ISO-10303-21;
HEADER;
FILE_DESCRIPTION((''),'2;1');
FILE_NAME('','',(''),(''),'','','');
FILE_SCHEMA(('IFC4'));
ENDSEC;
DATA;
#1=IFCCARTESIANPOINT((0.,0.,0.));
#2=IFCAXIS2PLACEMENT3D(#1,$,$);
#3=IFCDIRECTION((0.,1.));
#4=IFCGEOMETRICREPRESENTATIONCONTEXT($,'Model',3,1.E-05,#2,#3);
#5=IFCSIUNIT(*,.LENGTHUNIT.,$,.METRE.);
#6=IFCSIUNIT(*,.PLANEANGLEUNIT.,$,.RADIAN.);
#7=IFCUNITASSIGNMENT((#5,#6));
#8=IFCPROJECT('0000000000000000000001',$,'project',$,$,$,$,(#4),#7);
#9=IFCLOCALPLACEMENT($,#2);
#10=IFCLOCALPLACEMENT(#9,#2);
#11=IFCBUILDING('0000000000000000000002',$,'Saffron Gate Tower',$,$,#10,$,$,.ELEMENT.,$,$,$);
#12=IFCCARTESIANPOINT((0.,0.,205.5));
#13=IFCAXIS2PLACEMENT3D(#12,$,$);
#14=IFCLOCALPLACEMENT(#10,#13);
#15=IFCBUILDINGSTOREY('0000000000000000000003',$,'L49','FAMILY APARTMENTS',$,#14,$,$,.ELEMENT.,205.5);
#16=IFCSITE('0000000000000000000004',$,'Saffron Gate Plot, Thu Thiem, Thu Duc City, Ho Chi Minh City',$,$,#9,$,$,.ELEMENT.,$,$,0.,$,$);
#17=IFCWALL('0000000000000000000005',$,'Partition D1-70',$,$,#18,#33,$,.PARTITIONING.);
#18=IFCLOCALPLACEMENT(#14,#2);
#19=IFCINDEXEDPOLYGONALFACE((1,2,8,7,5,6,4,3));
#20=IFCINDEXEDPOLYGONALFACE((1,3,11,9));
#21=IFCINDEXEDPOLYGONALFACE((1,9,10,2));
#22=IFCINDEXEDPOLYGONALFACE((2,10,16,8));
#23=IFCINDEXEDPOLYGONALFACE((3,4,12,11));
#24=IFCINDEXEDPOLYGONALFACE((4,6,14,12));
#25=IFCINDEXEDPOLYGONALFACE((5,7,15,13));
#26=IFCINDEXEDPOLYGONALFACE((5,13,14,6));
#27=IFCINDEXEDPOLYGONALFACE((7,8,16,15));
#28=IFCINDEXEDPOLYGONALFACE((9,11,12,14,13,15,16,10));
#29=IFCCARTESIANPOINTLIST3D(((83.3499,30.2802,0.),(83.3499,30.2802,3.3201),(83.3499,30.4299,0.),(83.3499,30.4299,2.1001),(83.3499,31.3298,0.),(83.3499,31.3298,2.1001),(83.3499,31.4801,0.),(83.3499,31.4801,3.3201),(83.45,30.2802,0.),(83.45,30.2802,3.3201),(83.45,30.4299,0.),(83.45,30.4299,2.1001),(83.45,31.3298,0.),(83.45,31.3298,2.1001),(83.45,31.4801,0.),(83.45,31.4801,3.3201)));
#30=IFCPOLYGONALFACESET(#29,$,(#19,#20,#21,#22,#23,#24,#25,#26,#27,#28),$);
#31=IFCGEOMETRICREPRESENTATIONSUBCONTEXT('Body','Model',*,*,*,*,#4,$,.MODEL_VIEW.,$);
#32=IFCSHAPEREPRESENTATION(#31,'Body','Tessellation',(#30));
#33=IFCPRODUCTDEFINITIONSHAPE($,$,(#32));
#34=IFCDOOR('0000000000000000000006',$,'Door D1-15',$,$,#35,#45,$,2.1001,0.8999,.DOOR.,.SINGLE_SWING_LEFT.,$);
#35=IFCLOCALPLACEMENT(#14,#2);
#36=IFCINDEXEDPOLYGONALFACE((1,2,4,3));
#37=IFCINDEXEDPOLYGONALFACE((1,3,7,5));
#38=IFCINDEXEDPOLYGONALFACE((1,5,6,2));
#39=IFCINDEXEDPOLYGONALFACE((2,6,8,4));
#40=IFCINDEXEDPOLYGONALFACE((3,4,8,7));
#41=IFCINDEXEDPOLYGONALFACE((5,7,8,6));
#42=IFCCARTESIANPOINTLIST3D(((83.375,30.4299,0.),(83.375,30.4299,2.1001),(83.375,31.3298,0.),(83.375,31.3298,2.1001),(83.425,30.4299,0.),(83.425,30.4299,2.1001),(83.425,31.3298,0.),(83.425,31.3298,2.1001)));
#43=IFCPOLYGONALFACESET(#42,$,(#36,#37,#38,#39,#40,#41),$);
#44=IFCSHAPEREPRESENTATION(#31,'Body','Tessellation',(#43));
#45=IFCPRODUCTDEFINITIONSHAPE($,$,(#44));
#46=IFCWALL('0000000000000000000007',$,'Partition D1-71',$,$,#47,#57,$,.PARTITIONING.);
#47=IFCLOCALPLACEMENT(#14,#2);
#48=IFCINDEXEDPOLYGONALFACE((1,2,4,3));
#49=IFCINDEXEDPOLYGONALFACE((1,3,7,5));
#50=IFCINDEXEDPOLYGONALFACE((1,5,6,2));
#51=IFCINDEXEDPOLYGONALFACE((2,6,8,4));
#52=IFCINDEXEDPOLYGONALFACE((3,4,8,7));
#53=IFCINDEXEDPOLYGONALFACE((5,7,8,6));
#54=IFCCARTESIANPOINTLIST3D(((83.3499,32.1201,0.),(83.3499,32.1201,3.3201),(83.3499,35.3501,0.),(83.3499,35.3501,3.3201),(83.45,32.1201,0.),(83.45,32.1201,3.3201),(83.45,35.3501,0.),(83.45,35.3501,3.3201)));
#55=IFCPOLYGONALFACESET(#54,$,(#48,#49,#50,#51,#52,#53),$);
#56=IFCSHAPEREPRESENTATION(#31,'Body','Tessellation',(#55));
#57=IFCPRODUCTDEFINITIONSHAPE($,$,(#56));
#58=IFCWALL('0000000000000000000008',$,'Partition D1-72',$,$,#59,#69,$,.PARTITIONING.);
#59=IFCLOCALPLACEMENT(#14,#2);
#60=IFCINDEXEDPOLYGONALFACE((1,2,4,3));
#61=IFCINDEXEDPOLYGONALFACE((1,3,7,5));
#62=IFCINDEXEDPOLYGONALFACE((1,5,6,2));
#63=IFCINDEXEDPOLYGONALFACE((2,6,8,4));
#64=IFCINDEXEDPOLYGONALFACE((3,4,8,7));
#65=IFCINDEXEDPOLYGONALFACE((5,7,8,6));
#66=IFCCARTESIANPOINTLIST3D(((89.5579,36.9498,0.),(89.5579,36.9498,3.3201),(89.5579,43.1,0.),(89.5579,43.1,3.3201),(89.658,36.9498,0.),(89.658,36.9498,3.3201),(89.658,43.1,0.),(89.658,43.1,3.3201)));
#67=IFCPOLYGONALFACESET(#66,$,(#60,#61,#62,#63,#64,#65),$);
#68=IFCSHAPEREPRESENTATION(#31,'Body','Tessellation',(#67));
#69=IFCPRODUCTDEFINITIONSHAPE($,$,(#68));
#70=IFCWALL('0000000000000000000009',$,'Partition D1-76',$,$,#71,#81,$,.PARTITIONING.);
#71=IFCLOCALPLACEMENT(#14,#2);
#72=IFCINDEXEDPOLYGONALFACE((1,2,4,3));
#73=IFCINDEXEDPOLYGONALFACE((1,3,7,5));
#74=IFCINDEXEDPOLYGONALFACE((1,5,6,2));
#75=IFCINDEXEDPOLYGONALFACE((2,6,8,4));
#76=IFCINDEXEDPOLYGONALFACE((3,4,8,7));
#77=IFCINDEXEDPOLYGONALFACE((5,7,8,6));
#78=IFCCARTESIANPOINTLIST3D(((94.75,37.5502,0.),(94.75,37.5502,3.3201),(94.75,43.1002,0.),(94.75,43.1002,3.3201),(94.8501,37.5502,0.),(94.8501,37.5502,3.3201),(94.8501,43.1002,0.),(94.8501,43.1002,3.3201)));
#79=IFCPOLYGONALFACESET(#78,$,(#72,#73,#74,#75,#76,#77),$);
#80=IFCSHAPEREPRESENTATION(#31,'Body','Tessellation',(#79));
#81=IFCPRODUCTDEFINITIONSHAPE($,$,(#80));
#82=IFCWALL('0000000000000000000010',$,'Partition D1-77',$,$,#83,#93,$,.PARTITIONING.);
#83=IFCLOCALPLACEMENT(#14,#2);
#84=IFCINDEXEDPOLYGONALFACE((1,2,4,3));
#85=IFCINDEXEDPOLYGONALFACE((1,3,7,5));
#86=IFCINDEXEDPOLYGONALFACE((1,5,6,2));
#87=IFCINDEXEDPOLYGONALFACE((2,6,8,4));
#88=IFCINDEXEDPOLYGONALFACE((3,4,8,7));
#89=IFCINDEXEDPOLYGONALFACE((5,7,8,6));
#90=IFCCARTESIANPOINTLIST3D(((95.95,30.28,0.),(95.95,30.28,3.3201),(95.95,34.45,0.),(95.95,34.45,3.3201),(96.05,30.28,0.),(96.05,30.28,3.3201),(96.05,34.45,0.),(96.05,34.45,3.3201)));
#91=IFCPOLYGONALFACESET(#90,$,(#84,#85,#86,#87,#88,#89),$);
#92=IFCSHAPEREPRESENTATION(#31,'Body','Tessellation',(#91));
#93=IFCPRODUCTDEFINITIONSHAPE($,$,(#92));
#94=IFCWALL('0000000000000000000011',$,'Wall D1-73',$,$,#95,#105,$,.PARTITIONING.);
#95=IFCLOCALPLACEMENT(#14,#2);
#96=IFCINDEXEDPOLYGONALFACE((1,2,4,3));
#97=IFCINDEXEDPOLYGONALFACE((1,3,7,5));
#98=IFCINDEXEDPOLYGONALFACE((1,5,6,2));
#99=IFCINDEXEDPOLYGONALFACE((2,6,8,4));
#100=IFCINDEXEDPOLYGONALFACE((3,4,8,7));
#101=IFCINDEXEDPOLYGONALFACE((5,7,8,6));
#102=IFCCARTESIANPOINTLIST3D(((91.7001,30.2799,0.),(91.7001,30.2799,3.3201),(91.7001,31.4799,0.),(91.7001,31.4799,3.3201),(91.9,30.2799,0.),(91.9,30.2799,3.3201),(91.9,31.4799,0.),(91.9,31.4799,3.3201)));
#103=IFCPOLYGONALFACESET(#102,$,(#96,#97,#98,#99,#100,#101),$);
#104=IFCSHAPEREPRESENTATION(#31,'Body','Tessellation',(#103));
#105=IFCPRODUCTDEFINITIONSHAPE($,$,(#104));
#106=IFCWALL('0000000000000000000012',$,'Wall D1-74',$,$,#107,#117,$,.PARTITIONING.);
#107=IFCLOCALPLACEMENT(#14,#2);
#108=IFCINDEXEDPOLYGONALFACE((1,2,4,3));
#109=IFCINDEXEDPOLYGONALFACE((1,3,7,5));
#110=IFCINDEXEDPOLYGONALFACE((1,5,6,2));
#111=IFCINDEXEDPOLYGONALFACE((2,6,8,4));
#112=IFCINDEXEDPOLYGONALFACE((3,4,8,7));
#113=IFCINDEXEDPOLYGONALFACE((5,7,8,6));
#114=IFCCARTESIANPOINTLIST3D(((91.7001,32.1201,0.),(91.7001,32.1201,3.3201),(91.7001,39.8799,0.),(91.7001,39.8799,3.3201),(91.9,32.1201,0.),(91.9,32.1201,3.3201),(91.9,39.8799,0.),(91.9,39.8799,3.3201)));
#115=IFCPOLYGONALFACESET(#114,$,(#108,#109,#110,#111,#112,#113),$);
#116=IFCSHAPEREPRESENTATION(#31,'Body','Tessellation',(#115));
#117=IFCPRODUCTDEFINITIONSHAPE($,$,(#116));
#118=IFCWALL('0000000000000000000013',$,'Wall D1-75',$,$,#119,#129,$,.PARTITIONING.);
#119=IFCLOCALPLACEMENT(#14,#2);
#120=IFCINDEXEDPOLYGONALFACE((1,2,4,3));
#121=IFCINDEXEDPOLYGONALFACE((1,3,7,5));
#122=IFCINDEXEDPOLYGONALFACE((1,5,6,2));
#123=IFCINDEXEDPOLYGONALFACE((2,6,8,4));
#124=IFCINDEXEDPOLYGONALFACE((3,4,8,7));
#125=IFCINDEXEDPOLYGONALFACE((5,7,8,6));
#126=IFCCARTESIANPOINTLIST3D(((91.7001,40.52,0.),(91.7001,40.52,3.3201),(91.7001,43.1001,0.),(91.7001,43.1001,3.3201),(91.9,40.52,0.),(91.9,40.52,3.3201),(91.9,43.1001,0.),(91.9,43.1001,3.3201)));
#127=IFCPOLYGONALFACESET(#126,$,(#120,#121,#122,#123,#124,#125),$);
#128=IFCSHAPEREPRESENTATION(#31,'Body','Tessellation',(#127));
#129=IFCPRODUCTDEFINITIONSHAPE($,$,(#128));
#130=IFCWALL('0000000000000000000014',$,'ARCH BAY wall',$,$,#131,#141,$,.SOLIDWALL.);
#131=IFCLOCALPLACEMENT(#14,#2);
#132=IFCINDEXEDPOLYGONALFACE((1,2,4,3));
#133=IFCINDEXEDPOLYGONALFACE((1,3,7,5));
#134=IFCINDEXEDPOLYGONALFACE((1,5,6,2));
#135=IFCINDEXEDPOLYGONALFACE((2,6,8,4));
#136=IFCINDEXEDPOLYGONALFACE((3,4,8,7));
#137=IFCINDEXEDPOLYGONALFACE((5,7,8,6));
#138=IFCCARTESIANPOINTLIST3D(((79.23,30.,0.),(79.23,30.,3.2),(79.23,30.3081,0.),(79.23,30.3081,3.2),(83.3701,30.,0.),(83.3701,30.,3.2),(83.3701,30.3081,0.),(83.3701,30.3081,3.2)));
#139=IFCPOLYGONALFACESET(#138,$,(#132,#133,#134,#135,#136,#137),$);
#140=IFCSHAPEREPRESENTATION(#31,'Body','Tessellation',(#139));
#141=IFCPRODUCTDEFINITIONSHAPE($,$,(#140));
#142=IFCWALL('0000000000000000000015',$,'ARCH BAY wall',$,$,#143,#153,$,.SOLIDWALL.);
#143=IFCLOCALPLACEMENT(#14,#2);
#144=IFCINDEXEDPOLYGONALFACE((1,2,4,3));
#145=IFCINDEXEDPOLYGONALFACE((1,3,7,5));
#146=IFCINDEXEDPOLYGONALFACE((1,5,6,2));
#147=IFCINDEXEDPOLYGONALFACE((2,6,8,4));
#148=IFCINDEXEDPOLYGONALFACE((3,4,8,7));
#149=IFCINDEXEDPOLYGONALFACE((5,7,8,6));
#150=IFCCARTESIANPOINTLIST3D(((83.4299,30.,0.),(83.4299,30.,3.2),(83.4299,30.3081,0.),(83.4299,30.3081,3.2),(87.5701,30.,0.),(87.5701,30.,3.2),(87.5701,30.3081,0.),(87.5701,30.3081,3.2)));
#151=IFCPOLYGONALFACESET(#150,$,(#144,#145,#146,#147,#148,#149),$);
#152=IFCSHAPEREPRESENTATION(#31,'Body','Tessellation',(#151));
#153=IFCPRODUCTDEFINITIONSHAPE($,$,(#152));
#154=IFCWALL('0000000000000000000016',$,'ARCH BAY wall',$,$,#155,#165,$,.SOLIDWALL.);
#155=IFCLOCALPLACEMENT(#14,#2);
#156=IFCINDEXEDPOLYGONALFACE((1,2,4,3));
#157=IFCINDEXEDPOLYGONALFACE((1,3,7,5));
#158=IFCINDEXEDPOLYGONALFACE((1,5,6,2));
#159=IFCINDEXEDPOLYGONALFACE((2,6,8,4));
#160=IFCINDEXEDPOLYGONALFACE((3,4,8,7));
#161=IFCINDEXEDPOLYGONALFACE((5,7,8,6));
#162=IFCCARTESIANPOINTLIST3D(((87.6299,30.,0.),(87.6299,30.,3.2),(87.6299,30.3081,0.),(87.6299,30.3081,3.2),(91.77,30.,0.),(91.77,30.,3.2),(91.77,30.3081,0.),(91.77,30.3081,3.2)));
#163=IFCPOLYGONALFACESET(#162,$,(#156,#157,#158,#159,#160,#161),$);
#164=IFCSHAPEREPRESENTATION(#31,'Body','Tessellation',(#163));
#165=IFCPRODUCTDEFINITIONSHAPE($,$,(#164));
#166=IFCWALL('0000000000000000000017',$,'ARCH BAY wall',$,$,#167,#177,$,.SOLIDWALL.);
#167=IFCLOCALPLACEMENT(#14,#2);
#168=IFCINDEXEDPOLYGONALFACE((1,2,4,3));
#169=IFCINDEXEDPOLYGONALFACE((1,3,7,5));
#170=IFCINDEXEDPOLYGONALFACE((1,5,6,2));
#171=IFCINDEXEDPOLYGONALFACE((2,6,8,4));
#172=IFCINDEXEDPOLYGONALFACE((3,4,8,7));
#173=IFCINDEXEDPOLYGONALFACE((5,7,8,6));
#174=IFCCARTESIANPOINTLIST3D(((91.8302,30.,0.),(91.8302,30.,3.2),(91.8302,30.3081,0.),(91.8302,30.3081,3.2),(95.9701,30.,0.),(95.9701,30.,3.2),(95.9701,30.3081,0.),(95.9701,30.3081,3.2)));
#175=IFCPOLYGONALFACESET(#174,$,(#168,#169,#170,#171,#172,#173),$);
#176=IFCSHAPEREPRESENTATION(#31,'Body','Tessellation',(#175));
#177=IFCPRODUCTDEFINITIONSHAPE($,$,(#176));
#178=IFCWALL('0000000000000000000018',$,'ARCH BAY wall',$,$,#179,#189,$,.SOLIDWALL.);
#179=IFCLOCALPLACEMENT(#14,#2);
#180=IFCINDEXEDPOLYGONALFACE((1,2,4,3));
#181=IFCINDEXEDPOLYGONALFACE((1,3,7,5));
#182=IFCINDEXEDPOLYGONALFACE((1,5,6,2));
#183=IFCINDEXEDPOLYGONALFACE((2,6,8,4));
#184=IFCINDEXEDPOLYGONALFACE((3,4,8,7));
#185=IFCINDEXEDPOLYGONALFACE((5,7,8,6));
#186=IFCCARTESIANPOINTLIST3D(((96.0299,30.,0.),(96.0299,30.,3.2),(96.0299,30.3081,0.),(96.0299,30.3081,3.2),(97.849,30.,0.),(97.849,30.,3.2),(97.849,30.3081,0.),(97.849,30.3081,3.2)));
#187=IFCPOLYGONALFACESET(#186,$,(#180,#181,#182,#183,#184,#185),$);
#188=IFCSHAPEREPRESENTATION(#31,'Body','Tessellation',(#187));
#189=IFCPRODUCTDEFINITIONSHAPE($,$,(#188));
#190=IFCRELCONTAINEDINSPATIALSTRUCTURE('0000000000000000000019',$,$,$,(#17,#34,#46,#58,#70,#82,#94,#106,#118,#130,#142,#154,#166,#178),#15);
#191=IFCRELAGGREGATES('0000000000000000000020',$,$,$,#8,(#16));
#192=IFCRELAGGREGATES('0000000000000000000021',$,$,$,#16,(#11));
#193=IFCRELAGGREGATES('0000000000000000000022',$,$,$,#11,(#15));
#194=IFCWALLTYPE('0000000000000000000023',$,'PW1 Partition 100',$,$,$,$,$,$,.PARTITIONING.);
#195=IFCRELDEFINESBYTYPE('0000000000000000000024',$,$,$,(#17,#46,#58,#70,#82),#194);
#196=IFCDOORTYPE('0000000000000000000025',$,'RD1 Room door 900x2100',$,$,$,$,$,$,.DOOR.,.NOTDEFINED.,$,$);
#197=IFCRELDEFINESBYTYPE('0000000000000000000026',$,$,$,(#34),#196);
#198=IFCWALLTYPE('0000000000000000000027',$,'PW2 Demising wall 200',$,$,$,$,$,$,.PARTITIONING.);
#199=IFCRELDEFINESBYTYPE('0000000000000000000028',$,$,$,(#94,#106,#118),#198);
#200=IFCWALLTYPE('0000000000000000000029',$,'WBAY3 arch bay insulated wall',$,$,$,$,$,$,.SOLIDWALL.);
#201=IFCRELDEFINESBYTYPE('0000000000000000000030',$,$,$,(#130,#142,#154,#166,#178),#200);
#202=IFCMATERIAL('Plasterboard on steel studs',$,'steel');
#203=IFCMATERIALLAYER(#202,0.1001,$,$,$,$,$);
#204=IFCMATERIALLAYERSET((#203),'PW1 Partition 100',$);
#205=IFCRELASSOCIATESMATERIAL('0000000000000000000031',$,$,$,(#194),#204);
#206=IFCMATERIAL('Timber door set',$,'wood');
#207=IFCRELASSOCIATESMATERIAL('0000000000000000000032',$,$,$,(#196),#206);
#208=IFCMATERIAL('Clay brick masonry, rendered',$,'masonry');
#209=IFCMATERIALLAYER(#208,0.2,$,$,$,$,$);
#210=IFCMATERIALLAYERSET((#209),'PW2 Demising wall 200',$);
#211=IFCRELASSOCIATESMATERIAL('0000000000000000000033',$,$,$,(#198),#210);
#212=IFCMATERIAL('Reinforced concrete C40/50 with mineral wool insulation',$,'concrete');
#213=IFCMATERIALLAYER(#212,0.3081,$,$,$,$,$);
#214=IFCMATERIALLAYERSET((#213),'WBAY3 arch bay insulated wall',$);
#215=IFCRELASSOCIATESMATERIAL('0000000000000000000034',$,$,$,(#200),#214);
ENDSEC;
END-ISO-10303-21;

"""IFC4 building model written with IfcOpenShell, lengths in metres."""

from ifc_helpers import new_model, si_unit, direction, frame, frame_2d, origin, place, context, subcontext, project, spatial, rectangle, extrude, material, layer, layer_set, type_object, element, fill, save


model = new_model("IFC4")

# Units and contexts
model_context = context("Model", 3, precision=1e-05, world=origin(), true_north=direction((0.0, 1.0)))
body_context = subcontext(model_context, "Body", "Model", "MODEL_VIEW")
ifc_project = project(units=[si_unit("LENGTHUNIT", "METRE"), si_unit("PLANEANGLEUNIT", "RADIAN")], contexts=[model_context])

# Site, building, storey
site_placement = place(None, origin())
site = spatial("IfcSite", under=ifc_project, at=site_placement, Name="Saffron Gate Plot, Thu Thiem, Thu Duc City, Ho Chi Minh City", CompositionType="ELEMENT", RefElevation=0.0)
building_placement = place(site_placement, origin())
building = spatial("IfcBuilding", under=site, at=building_placement, Name="Saffron Gate Tower", CompositionType="ELEMENT")
storey_placement = place(building_placement, frame((0.0, 0.0, 205.5)))
storey = spatial("IfcBuildingStorey", under=building, at=storey_placement, Name="L49", Description="FAMILY APARTMENTS", CompositionType="ELEMENT", Elevation=205.5)

# Wall, opening, door
ifc_material_1 = material(Name="Plasterboard on steel studs", Category="steel")
ifc_layer_1 = layer(ifc_material_1, 0.1001)
ifc_layer_set_1 = layer_set([ifc_layer_1], Name="PW1 Partition 100")
wall_type_1 = type_object("IfcWallType", Name="PW1 Partition 100", PredefinedType="PARTITIONING", material=ifc_layer_set_1)
ifc_material_2 = material(Name="Timber door set", Category="wood")
door_type_1 = type_object("IfcDoorType", Name="RD1 Room door 900x2100", OperationType="NOTDEFINED", PredefinedType="DOOR", material=ifc_material_2)
wall_1_placement = place(storey_placement, frame((83.3999, 30.28, 0.0), z_axis=(0.0, 0.0, 1.0), x_axis=(0.0, 1.0, 0.0)))
wall_1 = element("IfcWall", 1, at=wall_1_placement, inside=storey, type_object=wall_type_1, Name="Partition D1-70", PredefinedType="PARTITIONING", context=body_context, shape_type="SweptSolid", body=[
    extrude(rectangle(XDim=1.2, YDim=0.1001, at=frame_2d((0.6001, 0.0))), origin(), (0.0, 0.0, 1.0), 3.3201),
])
opening_1_placement = place(wall_1_placement, frame((0.1499, 0.0, 0.0)))
opening_1 = element("IfcOpeningElement", 2, at=opening_1_placement, cuts=wall_1, PredefinedType="OPENING", context=body_context, shape_type="SweptSolid", body=[
    extrude(rectangle(XDim=0.8999, YDim=2.1001, at=frame_2d((0.45, 1.05))), frame((0.0, 0.0601, 0.0), z_axis=(0.0, -1.0, 0.0), x_axis=(1.0, 0.0, 0.0)), (0.0, 0.0, 1.0), 0.1201),
])
door_1_placement = place(opening_1_placement, origin())
door_1 = element("IfcDoor", 3, at=door_1_placement, inside=storey, type_object=door_type_1, Name="Door D1-15", OperationType="SINGLE_SWING_LEFT", OverallHeight=2.1001, OverallWidth=0.8999, PredefinedType="DOOR", context=body_context, shape_type="SweptSolid", body=[
    extrude(rectangle(XDim=0.8999, YDim=2.1001, at=frame_2d((0.45, 1.05))), frame((0.0, 0.0249, 0.0), z_axis=(0.0, -1.0, 0.0), x_axis=(1.0, 0.0, 0.0)), (0.0, 0.0, 1.0), 0.05),
])
fill(opening_1, door_1)

# Walls
wall_2_placement = place(storey_placement, frame((83.3999, 35.3501, 0.0), z_axis=(0.0, 0.0, 1.0), x_axis=(0.0, -1.0, 0.0)))
element("IfcWall", 4, at=wall_2_placement, inside=storey, type_object=wall_type_1, Name="Partition D1-71", PredefinedType="PARTITIONING", context=body_context, shape_type="SweptSolid", body=[
    extrude(rectangle(XDim=3.23, YDim=0.1001, at=frame_2d((1.615, 0.0))), origin(), (0.0, 0.0, 1.0), 3.3201),
])
wall_3_placement = place(storey_placement, frame((89.6079, 43.1001, 0.0), z_axis=(0.0, 0.0, 1.0), x_axis=(0.0, -1.0, 0.0)))
element("IfcWall", 5, at=wall_3_placement, inside=storey, type_object=wall_type_1, Name="Partition D1-72", PredefinedType="PARTITIONING", context=body_context, shape_type="SweptSolid", body=[
    extrude(rectangle(XDim=6.1501, YDim=0.1001, at=frame_2d((3.0752, 0.0))), origin(), (0.0, 0.0, 1.0), 3.3201),
])
wall_4_placement = place(storey_placement, frame((94.8, 43.1001, 0.0), z_axis=(0.0, 0.0, 1.0), x_axis=(0.0, -1.0, 0.0)))
element("IfcWall", 6, at=wall_4_placement, inside=storey, type_object=wall_type_1, Name="Partition D1-76", PredefinedType="PARTITIONING", context=body_context, shape_type="SweptSolid", body=[
    extrude(rectangle(XDim=5.55, YDim=0.1001, at=frame_2d((2.7749, 0.0))), origin(), (0.0, 0.0, 1.0), 3.3201),
])
wall_5_placement = place(storey_placement, frame((96.0, 34.45, 0.0), z_axis=(0.0, 0.0, 1.0), x_axis=(0.0, -1.0, 0.0)))
element("IfcWall", 7, at=wall_5_placement, inside=storey, type_object=wall_type_1, Name="Partition D1-77", PredefinedType="PARTITIONING", context=body_context, shape_type="SweptSolid", body=[
    extrude(rectangle(XDim=4.1699, YDim=0.1001, at=frame_2d((2.085, 0.0))), origin(), (0.0, 0.0, 1.0), 3.3201),
])
ifc_material_3 = material(Name="Clay brick masonry, rendered", Category="masonry")
ifc_layer_2 = layer(ifc_material_3, 0.2)
ifc_layer_set_2 = layer_set([ifc_layer_2], Name="PW2 Demising wall 200")
wall_type_2 = type_object("IfcWallType", Name="PW2 Demising wall 200", PredefinedType="PARTITIONING", material=ifc_layer_set_2)
wall_6_placement = place(storey_placement, frame((91.8, 31.48, 0.0), z_axis=(0.0, 0.0, 1.0), x_axis=(0.0, -1.0, 0.0)))
element("IfcWall", 8, at=wall_6_placement, inside=storey, type_object=wall_type_2, Name="Wall D1-73", PredefinedType="PARTITIONING", context=body_context, shape_type="SweptSolid", body=[
    extrude(rectangle(XDim=1.2, YDim=0.2, at=frame_2d((0.6001, 0.0))), origin(), (0.0, 0.0, 1.0), 3.3201),
])
wall_7_placement = place(storey_placement, frame((91.8, 39.8799, 0.0), z_axis=(0.0, 0.0, 1.0), x_axis=(0.0, -1.0, 0.0)))
element("IfcWall", 9, at=wall_7_placement, inside=storey, type_object=wall_type_2, Name="Wall D1-74", PredefinedType="PARTITIONING", context=body_context, shape_type="SweptSolid", body=[
    extrude(rectangle(XDim=7.7598, YDim=0.2, at=frame_2d((3.8799, 0.0))), origin(), (0.0, 0.0, 1.0), 3.3201),
])
wall_8_placement = place(storey_placement, frame((91.8, 43.1001, 0.0), z_axis=(0.0, 0.0, 1.0), x_axis=(0.0, -1.0, 0.0)))
element("IfcWall", 10, at=wall_8_placement, inside=storey, type_object=wall_type_2, Name="Wall D1-75", PredefinedType="PARTITIONING", context=body_context, shape_type="SweptSolid", body=[
    extrude(rectangle(XDim=2.5801, YDim=0.2, at=frame_2d((1.29, 0.0))), origin(), (0.0, 0.0, 1.0), 3.3201),
])
ifc_material_4 = material(Name="Reinforced concrete C40/50 with mineral wool insulation", Category="concrete")
ifc_layer_3 = layer(ifc_material_4, 0.3081)
ifc_layer_set_3 = layer_set([ifc_layer_3], Name="WBAY3 arch bay insulated wall")
wall_type_3 = type_object("IfcWallType", Name="WBAY3 arch bay insulated wall", PredefinedType="SOLIDWALL", material=ifc_layer_set_3)
for number, where, z_axis, x_axis, name in (
    (11, (83.3701, 30.1541, 0.0), (0.0, 0.0, 1.0), (-1.0, 0.0, 0.0), "ARCH BAY wall"),
    (12, (87.5701, 30.1541, 0.0), (0.0, 0.0, 1.0), (-1.0, 0.0, 0.0), "ARCH BAY wall"),
    (13, (91.77, 30.1541, 0.0), (0.0, 0.0, 1.0), (-1.0, 0.0, 0.0), "ARCH BAY wall"),
):
    element("IfcWall", number, at=place(storey_placement, frame(where, z_axis=z_axis, x_axis=x_axis)), inside=storey, type_object=wall_type_3, Name=name, PredefinedType="SOLIDWALL", context=body_context, shape_type="SweptSolid", body=[
        extrude(rectangle(XDim=4.1401, YDim=0.3081, at=frame_2d((2.0701, 0.0))), origin(), (0.0, 0.0, 1.0), 3.2),
    ])
wall_9_placement = place(storey_placement, frame((95.97, 30.1541, 0.0), z_axis=(0.0, 0.0, 1.0), x_axis=(-1.0, 0.0, 0.0)))
element("IfcWall", 14, at=wall_9_placement, inside=storey, type_object=wall_type_3, Name="ARCH BAY wall", PredefinedType="SOLIDWALL", context=body_context, shape_type="SweptSolid", body=[
    extrude(rectangle(XDim=4.1399, YDim=0.3081, at=frame_2d((2.0698, 0.0))), origin(), (0.0, 0.0, 1.0), 3.2),
])
wall_10_placement = place(storey_placement, frame((97.8491, 30.1541, 0.0), z_axis=(0.0, 0.0, 1.0), x_axis=(-1.0, 0.0, 0.0)))
element("IfcWall", 15, at=wall_10_placement, inside=storey, type_object=wall_type_3, Name="ARCH BAY wall", PredefinedType="SOLIDWALL", context=body_context, shape_type="SweptSolid", body=[
    extrude(rectangle(XDim=1.8191, YDim=0.3081, at=frame_2d((0.9097, 0.0))), origin(), (0.0, 0.0, 1.0), 3.2),
])

save(model, "model.ifc")
